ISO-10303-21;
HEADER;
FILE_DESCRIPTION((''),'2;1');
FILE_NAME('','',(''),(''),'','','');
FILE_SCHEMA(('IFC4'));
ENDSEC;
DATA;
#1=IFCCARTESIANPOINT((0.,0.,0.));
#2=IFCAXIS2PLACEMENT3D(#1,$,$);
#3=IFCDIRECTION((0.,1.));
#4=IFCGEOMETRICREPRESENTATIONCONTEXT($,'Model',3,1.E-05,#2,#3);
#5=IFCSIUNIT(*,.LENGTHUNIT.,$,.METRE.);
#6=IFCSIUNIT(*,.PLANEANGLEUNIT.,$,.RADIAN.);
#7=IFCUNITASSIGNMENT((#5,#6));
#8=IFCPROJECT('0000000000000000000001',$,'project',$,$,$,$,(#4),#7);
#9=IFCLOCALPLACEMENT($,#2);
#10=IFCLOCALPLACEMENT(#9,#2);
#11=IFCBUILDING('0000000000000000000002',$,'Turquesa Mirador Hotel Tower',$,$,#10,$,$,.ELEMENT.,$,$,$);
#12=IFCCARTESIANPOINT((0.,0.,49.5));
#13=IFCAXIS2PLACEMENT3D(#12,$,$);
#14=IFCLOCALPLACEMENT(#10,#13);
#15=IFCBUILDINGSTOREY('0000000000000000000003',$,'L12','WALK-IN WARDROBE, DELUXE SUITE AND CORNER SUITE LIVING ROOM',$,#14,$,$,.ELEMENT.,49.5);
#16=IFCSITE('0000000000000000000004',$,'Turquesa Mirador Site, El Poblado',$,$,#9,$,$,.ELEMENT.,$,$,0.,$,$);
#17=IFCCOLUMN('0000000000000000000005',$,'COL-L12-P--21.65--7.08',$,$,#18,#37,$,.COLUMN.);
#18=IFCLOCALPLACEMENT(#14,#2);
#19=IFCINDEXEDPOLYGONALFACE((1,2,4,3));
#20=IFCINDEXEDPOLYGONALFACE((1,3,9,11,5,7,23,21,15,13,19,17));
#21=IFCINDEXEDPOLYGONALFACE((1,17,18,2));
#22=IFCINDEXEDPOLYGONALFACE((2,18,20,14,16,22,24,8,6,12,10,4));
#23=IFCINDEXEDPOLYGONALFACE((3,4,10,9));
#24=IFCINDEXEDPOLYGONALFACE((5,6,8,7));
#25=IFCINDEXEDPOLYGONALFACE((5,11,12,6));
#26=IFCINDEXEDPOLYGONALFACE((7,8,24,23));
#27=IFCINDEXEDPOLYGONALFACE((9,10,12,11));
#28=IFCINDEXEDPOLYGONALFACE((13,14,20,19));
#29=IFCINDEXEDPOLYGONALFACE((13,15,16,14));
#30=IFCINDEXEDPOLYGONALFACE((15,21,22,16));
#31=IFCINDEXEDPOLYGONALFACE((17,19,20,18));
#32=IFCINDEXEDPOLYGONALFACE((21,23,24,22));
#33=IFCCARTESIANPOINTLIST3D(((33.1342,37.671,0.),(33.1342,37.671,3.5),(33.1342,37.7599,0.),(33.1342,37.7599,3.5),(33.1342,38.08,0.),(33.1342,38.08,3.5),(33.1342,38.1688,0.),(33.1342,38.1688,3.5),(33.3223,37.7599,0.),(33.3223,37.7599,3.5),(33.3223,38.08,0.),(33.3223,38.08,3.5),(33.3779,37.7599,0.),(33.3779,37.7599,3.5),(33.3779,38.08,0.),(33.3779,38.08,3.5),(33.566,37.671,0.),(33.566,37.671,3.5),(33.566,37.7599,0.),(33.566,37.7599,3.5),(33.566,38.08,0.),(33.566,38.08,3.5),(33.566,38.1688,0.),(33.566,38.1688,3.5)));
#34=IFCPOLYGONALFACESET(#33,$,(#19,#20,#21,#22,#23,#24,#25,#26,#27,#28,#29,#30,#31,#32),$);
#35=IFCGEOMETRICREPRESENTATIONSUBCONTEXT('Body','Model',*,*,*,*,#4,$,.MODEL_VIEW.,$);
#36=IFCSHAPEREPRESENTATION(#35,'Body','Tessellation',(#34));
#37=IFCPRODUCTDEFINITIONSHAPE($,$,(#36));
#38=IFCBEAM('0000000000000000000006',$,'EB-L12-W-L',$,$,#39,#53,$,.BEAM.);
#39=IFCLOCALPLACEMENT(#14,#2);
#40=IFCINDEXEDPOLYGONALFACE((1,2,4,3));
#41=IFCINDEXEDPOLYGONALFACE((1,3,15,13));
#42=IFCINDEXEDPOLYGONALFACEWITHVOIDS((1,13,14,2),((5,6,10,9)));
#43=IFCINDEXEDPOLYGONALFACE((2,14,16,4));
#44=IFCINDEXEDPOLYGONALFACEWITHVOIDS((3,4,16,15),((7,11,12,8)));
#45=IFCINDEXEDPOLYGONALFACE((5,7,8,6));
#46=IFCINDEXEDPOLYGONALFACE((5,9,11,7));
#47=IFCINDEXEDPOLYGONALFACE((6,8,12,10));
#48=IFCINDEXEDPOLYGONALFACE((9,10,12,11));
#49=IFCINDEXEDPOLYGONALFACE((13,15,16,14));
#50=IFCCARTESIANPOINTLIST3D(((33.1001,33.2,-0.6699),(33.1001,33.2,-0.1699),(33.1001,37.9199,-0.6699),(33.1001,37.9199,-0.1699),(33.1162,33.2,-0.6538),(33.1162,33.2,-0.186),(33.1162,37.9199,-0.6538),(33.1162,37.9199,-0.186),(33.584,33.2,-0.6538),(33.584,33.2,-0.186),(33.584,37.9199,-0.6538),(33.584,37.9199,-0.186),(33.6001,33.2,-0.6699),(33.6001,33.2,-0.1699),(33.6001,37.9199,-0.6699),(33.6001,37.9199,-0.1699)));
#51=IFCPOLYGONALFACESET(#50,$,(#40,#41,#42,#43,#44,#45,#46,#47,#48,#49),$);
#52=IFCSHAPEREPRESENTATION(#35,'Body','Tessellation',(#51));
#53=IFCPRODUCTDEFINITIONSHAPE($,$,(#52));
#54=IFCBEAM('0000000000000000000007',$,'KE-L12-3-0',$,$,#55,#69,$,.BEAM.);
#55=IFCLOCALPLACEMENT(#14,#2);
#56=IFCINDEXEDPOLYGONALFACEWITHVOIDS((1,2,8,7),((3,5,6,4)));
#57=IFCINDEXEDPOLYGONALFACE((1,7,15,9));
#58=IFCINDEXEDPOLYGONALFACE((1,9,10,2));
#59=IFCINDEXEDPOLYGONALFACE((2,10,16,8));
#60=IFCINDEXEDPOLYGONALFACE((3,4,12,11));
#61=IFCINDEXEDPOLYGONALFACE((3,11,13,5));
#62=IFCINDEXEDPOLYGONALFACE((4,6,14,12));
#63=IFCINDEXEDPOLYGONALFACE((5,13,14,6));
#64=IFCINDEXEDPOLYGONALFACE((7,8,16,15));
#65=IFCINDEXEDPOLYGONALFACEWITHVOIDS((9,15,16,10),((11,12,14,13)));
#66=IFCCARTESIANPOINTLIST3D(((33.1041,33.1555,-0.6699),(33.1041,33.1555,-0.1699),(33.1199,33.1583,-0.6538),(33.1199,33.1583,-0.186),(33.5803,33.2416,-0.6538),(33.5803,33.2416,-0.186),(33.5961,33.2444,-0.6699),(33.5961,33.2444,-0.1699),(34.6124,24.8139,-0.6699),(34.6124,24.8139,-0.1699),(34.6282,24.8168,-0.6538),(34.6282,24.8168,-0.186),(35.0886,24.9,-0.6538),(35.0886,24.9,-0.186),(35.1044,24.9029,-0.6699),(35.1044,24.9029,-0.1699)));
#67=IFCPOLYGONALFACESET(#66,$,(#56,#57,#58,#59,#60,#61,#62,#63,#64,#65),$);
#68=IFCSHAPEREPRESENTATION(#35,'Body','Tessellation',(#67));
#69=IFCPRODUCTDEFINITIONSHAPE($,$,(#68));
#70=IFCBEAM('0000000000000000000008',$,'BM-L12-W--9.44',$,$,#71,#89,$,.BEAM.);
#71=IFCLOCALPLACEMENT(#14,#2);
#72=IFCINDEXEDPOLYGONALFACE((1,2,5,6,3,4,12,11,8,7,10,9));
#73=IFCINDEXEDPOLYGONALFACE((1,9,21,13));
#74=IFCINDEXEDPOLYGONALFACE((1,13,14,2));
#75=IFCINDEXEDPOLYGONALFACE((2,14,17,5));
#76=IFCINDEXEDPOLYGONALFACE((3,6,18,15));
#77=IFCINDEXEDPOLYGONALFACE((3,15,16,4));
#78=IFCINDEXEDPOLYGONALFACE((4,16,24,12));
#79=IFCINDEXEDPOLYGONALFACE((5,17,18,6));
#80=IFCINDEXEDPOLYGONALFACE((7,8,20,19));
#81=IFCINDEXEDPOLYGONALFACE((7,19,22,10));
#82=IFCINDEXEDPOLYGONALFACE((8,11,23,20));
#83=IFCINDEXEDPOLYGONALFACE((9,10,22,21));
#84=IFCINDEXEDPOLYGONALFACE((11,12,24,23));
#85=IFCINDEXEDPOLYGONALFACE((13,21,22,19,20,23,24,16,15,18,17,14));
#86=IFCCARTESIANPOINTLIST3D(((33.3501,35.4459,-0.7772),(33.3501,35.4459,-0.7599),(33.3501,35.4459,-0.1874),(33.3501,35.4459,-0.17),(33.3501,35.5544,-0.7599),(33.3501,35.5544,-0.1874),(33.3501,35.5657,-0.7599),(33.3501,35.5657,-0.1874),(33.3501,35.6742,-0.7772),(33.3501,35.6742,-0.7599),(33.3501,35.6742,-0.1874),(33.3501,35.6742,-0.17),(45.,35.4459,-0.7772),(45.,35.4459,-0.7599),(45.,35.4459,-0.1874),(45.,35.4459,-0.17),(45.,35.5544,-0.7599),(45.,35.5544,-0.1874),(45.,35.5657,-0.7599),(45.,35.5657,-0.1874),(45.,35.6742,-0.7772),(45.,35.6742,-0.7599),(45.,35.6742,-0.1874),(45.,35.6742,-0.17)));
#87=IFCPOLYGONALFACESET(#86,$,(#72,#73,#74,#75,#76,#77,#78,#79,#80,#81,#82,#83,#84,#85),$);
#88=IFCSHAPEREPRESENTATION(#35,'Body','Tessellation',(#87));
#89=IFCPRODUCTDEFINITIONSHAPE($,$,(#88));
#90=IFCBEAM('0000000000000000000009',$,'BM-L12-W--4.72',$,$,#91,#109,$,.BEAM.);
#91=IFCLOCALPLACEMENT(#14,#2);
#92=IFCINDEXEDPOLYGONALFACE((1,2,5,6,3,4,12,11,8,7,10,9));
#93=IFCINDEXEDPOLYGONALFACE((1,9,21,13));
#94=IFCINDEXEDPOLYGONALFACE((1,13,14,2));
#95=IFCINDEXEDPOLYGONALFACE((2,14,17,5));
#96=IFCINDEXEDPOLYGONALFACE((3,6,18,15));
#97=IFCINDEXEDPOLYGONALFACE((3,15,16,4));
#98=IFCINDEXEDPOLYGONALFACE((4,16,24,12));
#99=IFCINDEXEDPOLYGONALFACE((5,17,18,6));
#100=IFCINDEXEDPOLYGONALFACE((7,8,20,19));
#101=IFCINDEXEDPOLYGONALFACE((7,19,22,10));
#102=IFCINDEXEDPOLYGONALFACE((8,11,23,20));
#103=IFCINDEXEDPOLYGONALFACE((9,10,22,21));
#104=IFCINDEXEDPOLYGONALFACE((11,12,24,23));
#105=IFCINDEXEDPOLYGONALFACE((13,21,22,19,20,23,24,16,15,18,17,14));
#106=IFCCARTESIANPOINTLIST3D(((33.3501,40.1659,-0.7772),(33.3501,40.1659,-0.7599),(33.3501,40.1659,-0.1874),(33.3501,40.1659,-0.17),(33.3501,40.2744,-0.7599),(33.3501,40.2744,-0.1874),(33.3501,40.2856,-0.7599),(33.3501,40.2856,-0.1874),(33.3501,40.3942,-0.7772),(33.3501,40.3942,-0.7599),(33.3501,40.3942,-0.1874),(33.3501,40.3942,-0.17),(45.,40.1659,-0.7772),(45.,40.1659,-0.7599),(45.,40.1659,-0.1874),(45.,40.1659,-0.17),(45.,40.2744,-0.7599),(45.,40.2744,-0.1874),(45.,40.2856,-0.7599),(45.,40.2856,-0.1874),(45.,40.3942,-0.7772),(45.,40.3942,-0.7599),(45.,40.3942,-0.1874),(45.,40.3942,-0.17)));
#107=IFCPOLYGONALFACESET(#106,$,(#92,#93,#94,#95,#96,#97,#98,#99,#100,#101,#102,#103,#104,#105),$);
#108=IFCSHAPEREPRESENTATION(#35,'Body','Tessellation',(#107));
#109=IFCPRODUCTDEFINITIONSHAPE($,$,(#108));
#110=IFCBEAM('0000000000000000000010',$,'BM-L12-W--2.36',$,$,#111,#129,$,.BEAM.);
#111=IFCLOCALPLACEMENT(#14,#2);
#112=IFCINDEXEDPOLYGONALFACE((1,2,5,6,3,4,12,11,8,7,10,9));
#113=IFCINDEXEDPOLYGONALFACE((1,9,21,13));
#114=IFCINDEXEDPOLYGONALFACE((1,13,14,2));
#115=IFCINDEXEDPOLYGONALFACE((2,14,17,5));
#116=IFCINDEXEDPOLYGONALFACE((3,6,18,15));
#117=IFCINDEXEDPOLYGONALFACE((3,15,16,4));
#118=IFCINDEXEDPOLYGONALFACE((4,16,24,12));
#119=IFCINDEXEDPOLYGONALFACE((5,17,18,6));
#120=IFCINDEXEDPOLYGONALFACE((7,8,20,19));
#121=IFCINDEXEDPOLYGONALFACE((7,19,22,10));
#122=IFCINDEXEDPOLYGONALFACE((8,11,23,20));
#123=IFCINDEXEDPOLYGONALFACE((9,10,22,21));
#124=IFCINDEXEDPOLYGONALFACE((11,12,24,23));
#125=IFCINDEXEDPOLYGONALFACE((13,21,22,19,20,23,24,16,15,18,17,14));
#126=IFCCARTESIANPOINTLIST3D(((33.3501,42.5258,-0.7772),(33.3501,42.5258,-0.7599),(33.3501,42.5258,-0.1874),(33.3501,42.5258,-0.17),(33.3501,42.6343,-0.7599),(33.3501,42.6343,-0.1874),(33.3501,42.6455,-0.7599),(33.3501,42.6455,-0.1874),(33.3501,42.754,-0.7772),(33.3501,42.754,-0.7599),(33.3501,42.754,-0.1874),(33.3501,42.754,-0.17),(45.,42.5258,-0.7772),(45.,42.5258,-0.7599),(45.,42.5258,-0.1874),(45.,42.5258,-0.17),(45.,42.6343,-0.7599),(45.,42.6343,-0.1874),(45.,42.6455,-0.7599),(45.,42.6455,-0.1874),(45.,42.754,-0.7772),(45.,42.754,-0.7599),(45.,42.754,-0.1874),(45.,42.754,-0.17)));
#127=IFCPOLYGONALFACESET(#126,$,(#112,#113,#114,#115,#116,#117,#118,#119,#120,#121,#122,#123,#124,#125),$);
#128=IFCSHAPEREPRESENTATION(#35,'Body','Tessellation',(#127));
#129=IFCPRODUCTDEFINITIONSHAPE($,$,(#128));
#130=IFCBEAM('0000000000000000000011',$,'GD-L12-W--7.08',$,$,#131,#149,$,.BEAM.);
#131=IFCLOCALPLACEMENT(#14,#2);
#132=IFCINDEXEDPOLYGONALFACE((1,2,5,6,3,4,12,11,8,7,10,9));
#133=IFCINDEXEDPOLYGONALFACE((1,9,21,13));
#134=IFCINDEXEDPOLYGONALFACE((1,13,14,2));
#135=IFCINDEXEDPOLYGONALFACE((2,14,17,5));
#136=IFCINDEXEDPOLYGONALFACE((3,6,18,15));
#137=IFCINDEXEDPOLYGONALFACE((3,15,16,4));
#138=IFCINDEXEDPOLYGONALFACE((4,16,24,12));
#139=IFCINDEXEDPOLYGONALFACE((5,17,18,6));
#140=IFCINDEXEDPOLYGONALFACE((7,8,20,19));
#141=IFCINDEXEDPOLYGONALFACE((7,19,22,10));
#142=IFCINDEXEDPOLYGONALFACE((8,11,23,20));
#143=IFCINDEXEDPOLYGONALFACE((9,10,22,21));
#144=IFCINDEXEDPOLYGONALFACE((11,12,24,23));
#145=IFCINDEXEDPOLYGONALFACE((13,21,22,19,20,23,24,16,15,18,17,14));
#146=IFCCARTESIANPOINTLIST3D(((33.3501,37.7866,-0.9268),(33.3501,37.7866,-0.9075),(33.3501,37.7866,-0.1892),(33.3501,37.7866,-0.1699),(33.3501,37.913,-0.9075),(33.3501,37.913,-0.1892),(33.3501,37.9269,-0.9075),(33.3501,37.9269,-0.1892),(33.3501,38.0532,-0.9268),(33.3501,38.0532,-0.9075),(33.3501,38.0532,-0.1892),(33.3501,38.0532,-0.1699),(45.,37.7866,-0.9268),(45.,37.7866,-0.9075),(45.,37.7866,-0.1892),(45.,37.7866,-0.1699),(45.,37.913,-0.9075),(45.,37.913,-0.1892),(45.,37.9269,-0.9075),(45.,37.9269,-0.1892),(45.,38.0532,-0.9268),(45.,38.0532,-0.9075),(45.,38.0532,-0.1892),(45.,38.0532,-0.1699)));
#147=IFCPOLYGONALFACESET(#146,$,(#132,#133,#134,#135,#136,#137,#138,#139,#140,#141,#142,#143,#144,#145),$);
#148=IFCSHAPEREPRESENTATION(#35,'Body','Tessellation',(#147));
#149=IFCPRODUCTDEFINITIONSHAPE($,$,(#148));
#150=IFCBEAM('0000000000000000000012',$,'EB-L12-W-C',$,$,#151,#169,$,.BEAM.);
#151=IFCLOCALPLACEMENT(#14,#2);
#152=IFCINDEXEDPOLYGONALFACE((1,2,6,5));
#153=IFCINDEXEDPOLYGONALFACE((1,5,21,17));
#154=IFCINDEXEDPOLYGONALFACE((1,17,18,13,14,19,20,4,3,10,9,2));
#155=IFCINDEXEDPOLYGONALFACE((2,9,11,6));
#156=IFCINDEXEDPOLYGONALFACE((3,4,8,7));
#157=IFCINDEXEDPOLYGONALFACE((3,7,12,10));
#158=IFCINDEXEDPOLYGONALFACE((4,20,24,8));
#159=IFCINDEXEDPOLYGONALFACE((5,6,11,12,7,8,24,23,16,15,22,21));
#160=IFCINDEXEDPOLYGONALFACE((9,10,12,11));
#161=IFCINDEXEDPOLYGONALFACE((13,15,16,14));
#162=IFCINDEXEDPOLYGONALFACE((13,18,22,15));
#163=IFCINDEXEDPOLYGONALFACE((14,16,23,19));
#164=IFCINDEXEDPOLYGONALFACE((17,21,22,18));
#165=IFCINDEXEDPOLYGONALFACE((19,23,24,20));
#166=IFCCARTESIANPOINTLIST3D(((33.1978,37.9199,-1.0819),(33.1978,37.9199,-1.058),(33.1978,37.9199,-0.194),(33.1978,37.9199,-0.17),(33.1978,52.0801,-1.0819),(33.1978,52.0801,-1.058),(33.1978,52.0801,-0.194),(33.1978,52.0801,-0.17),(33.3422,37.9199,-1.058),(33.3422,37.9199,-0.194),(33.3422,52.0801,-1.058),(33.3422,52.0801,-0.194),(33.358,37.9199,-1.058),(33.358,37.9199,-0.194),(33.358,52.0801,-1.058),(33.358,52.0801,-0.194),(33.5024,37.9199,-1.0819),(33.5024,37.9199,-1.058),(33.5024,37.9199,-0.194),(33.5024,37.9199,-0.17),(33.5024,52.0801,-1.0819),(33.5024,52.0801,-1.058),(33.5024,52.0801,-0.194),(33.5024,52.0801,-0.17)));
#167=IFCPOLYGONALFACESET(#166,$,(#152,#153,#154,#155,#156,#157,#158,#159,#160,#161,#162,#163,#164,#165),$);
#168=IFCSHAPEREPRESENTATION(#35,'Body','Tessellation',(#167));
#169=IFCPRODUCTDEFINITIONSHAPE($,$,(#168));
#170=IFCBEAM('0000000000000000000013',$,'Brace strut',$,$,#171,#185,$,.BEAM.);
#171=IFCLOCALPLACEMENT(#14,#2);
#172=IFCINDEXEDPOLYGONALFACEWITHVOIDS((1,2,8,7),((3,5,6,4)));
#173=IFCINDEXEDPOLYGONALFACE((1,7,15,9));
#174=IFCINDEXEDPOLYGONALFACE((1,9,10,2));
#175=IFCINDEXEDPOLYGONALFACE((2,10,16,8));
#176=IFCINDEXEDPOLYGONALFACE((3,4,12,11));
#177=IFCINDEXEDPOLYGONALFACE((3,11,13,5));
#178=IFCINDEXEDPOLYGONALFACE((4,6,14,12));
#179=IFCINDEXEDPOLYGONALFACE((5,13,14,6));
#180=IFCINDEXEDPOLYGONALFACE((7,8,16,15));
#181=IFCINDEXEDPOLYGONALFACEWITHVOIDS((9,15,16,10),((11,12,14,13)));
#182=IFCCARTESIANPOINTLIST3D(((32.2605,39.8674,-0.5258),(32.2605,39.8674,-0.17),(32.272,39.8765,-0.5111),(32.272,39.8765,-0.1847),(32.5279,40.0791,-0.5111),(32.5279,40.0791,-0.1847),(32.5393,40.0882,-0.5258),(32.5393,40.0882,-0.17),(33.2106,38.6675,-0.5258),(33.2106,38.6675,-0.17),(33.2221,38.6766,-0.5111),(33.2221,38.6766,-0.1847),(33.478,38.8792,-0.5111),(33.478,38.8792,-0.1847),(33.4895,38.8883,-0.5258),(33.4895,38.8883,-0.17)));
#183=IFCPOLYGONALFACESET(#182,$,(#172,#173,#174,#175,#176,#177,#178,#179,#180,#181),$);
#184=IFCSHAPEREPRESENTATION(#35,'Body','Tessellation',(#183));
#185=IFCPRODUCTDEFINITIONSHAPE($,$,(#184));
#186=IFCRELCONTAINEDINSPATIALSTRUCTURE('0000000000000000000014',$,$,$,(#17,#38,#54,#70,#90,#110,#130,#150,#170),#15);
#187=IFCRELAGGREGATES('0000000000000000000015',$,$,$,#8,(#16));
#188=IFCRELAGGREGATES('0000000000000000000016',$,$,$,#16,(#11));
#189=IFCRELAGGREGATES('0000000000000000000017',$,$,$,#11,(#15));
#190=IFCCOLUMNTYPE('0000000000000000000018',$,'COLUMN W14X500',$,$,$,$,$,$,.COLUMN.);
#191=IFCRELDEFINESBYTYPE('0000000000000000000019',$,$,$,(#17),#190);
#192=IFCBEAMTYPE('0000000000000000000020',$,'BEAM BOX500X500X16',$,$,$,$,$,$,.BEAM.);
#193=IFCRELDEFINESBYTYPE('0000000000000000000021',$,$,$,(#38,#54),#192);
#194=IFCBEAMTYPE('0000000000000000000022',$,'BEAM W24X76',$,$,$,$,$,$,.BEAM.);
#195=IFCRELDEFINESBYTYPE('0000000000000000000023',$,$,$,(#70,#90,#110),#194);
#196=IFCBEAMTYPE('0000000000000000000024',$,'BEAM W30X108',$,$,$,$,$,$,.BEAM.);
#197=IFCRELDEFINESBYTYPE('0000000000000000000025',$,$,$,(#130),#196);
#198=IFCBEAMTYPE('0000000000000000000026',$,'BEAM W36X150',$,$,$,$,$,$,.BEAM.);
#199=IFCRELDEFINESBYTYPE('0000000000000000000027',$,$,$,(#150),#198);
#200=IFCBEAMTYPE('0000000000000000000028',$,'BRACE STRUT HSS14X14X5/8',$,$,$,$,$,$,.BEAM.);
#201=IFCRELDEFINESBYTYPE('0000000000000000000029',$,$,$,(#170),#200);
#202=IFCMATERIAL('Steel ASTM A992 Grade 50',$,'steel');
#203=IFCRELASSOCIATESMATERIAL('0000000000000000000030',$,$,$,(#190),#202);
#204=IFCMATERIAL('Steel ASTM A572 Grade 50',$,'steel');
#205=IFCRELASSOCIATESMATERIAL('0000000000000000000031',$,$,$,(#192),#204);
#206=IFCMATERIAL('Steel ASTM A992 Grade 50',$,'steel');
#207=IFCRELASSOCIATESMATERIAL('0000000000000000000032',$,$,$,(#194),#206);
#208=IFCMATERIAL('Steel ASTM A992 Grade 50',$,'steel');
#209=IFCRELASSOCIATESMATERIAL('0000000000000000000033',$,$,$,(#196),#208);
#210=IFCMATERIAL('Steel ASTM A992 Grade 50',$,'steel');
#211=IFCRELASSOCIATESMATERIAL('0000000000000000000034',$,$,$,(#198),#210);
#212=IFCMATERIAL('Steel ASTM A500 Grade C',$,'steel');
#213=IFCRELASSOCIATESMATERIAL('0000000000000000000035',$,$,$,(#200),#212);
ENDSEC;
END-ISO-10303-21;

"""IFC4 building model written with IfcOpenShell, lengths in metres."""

from ifc_helpers import new_model, si_unit, direction, frame, origin, origin_2d, place, context, subcontext, project, spatial, hollow_rectangle, i_section, extrude, material, material_profile, profile_set, type_object, element, save


model = new_model("IFC4")

# Units and contexts
model_context = context("Model", 3, precision=1e-05, world=origin(), true_north=direction((0.0, 1.0)))
body_context = subcontext(model_context, "Body", "Model", "MODEL_VIEW")
ifc_project = project(units=[si_unit("LENGTHUNIT", "METRE"), si_unit("PLANEANGLEUNIT", "RADIAN")], contexts=[model_context])

# Site, building, storey
site_placement = place(None, origin())
site = spatial("IfcSite", under=ifc_project, at=site_placement, Name="Turquesa Mirador Site, El Poblado", CompositionType="ELEMENT", RefElevation=0.0)
building_placement = place(site_placement, origin())
building = spatial("IfcBuilding", under=site, at=building_placement, Name="Turquesa Mirador Hotel Tower", CompositionType="ELEMENT")
storey_placement = place(building_placement, frame((0.0, 0.0, 49.5)))
storey = spatial("IfcBuildingStorey", under=building, at=storey_placement, Name="L12", Description="WALK-IN WARDROBE, DELUXE SUITE AND CORNER SUITE LIVING ROOM", CompositionType="ELEMENT", Elevation=49.5)

# Column
ifc_material_1 = material(Name="Steel ASTM A992 Grade 50", Category="steel")
ifc_material_profile_1 = material_profile(ifc_material_1, i_section(OverallWidth=0.4319, OverallDepth=0.4978, WebThickness=0.0557, FlangeThickness=0.0889, at=origin_2d()), Name="W14X500")
ifc_profile_set_1 = profile_set([ifc_material_profile_1], Name="Steel ASTM A992 Grade 50")
column_type = type_object("IfcColumnType", Name="COLUMN W14X500", PredefinedType="COLUMN", material=ifc_profile_set_1)
column_placement = place(storey_placement, frame((33.3501, 37.9199, 0.0), z_axis=(0.0, 0.0, 1.0), x_axis=(1.0, 0.0, 0.0)))
element("IfcColumn", 1, at=column_placement, inside=storey, type_object=column_type, Name="COL-L12-P--21.65--7.08", PredefinedType="COLUMN", context=body_context, shape_type="SweptSolid", body=[
    extrude(i_section(OverallWidth=0.4319, OverallDepth=0.4978, WebThickness=0.0557, FlangeThickness=0.0889, at=origin_2d()), origin(), (0.0, 0.0, 1.0), 3.5),
])

# Beams
ifc_material_2 = material(Name="Steel ASTM A572 Grade 50", Category="steel")
ifc_material_profile_2 = material_profile(ifc_material_2, hollow_rectangle(XDim=0.5, YDim=0.5, WallThickness=0.0161, at=origin_2d()), Name="BOX500X500X16")
ifc_profile_set_2 = profile_set([ifc_material_profile_2], Name="Steel ASTM A572 Grade 50")
beam_type_1 = type_object("IfcBeamType", Name="BEAM BOX500X500X16", PredefinedType="BEAM", material=ifc_profile_set_2)
beam_1_placement = place(storey_placement, frame((33.3501, 33.2, -0.4199), z_axis=(0.0, 1.0, 0.0), x_axis=(-1.0, 0.0, 0.0)))
element("IfcBeam", 2, at=beam_1_placement, inside=storey, type_object=beam_type_1, Name="EB-L12-W-L", PredefinedType="BEAM", context=body_context, shape_type="SweptSolid", body=[
    extrude(hollow_rectangle(XDim=0.5, YDim=0.5, WallThickness=0.0161, at=origin_2d()), origin(), (0.0, 0.0, 1.0), 4.72),
])
beam_2_placement = place(storey_placement, frame((33.3501, 33.2, -0.4199), z_axis=(0.177932, -0.984043, 0.0), x_axis=(0.984043, 0.177932, 0.0)))
element("IfcBeam", 3, at=beam_2_placement, inside=storey, type_object=beam_type_1, Name="KE-L12-3-0", PredefinedType="BEAM", context=body_context, shape_type="SweptSolid", body=[
    extrude(hollow_rectangle(XDim=0.5, YDim=0.5, WallThickness=0.0161, at=origin_2d()), origin(), (0.0, 0.0, 1.0), 8.4768),
])
ifc_material_3 = material(Name="Steel ASTM A992 Grade 50", Category="steel")
ifc_material_profile_3 = material_profile(ifc_material_3, i_section(OverallWidth=0.2283, OverallDepth=0.6072, WebThickness=0.0112, FlangeThickness=0.0173, at=origin_2d()), Name="W24X76")
ifc_profile_set_3 = profile_set([ifc_material_profile_3], Name="Steel ASTM A992 Grade 50")
beam_type_2 = type_object("IfcBeamType", Name="BEAM W24X76", PredefinedType="BEAM", material=ifc_profile_set_3)
for number, where, z_axis, x_axis, name in (
    (4, (33.3501, 35.5601, -0.4736), (1.0, 0.0, 0.0), (0.0, 1.0, 0.0), "BM-L12-W--9.44"),
    (5, (33.3501, 40.28, -0.4736), (1.0, 0.0, 0.0), (0.0, 1.0, 0.0), "BM-L12-W--4.72"),
    (6, (33.3501, 42.6399, -0.4736), (1.0, 0.0, 0.0), (0.0, 1.0, 0.0), "BM-L12-W--2.36"),
):
    element("IfcBeam", number, at=place(storey_placement, frame(where, z_axis=z_axis, x_axis=x_axis)), inside=storey, type_object=beam_type_2, Name=name, PredefinedType="BEAM", context=body_context, shape_type="SweptSolid", body=[
        extrude(i_section(OverallWidth=0.2283, OverallDepth=0.6072, WebThickness=0.0112, FlangeThickness=0.0173, at=origin_2d()), origin(), (0.0, 0.0, 1.0), 11.6499),
    ])
ifc_material_4 = material(Name="Steel ASTM A992 Grade 50", Category="steel")
ifc_material_profile_4 = material_profile(ifc_material_4, i_section(OverallWidth=0.2666, OverallDepth=0.7568, WebThickness=0.0139, FlangeThickness=0.0193, at=origin_2d()), Name="W30X108")
ifc_profile_set_4 = profile_set([ifc_material_profile_4], Name="Steel ASTM A992 Grade 50")
beam_type_3 = type_object("IfcBeamType", Name="BEAM W30X108", PredefinedType="BEAM", material=ifc_profile_set_4)
beam_3_placement = place(storey_placement, frame((33.3501, 37.9199, -0.5483), z_axis=(1.0, 0.0, 0.0), x_axis=(0.0, 1.0, 0.0)))
element("IfcBeam", 7, at=beam_3_placement, inside=storey, type_object=beam_type_3, Name="GD-L12-W--7.08", PredefinedType="BEAM", context=body_context, shape_type="SweptSolid", body=[
    extrude(i_section(OverallWidth=0.2666, OverallDepth=0.7568, WebThickness=0.0139, FlangeThickness=0.0193, at=origin_2d()), origin(), (0.0, 0.0, 1.0), 11.6499),
])
ifc_material_5 = material(Name="Steel ASTM A992 Grade 50", Category="steel")
ifc_material_profile_5 = material_profile(ifc_material_5, i_section(OverallWidth=0.3047, OverallDepth=0.9119, WebThickness=0.0159, FlangeThickness=0.0239, at=origin_2d()), Name="W36X150")
ifc_profile_set_5 = profile_set([ifc_material_profile_5], Name="Steel ASTM A992 Grade 50")
beam_type_4 = type_object("IfcBeamType", Name="BEAM W36X150", PredefinedType="BEAM", material=ifc_profile_set_5)
beam_4_placement = place(storey_placement, frame((33.3501, 37.9199, -0.626), z_axis=(0.0, 1.0, 0.0), x_axis=(-1.0, 0.0, 0.0)))
element("IfcBeam", 8, at=beam_4_placement, inside=storey, type_object=beam_type_4, Name="EB-L12-W-C", PredefinedType="BEAM", context=body_context, shape_type="SweptSolid", body=[
    extrude(i_section(OverallWidth=0.3047, OverallDepth=0.9119, WebThickness=0.0159, FlangeThickness=0.0239, at=origin_2d()), origin(), (0.0, 0.0, 1.0), 14.1602),
])
ifc_material_6 = material(Name="Steel ASTM A500 Grade C", Category="steel")
ifc_material_profile_6 = material_profile(ifc_material_6, hollow_rectangle(XDim=0.3557, YDim=0.3557, WallThickness=0.0146, at=origin_2d()), Name="HSS14X14X5/8")
ifc_profile_set_6 = profile_set([ifc_material_profile_6], Name="Steel ASTM A500 Grade C")
beam_type_5 = type_object("IfcBeamType", Name="BRACE STRUT HSS14X14X5/8", PredefinedType="BEAM", material=ifc_profile_set_6)
for number, where, z_axis, x_axis, name in (
    (9, (32.3999, 39.9778, -0.3479), (0.620797, -0.783971, 0.0), (0.783971, 0.620797, 0.0), "Brace strut"),
):
    element("IfcBeam", number, at=place(storey_placement, frame(where, z_axis=z_axis, x_axis=x_axis)), inside=storey, type_object=beam_type_5, Name=name, PredefinedType="BEAM", context=body_context, shape_type="SweptSolid", body=[
        extrude(hollow_rectangle(XDim=0.3557, YDim=0.3557, WallThickness=0.0146, at=origin_2d()), origin(), (0.0, 0.0, 1.0), 1.5305),
    ])

save(model, "model.ifc")
